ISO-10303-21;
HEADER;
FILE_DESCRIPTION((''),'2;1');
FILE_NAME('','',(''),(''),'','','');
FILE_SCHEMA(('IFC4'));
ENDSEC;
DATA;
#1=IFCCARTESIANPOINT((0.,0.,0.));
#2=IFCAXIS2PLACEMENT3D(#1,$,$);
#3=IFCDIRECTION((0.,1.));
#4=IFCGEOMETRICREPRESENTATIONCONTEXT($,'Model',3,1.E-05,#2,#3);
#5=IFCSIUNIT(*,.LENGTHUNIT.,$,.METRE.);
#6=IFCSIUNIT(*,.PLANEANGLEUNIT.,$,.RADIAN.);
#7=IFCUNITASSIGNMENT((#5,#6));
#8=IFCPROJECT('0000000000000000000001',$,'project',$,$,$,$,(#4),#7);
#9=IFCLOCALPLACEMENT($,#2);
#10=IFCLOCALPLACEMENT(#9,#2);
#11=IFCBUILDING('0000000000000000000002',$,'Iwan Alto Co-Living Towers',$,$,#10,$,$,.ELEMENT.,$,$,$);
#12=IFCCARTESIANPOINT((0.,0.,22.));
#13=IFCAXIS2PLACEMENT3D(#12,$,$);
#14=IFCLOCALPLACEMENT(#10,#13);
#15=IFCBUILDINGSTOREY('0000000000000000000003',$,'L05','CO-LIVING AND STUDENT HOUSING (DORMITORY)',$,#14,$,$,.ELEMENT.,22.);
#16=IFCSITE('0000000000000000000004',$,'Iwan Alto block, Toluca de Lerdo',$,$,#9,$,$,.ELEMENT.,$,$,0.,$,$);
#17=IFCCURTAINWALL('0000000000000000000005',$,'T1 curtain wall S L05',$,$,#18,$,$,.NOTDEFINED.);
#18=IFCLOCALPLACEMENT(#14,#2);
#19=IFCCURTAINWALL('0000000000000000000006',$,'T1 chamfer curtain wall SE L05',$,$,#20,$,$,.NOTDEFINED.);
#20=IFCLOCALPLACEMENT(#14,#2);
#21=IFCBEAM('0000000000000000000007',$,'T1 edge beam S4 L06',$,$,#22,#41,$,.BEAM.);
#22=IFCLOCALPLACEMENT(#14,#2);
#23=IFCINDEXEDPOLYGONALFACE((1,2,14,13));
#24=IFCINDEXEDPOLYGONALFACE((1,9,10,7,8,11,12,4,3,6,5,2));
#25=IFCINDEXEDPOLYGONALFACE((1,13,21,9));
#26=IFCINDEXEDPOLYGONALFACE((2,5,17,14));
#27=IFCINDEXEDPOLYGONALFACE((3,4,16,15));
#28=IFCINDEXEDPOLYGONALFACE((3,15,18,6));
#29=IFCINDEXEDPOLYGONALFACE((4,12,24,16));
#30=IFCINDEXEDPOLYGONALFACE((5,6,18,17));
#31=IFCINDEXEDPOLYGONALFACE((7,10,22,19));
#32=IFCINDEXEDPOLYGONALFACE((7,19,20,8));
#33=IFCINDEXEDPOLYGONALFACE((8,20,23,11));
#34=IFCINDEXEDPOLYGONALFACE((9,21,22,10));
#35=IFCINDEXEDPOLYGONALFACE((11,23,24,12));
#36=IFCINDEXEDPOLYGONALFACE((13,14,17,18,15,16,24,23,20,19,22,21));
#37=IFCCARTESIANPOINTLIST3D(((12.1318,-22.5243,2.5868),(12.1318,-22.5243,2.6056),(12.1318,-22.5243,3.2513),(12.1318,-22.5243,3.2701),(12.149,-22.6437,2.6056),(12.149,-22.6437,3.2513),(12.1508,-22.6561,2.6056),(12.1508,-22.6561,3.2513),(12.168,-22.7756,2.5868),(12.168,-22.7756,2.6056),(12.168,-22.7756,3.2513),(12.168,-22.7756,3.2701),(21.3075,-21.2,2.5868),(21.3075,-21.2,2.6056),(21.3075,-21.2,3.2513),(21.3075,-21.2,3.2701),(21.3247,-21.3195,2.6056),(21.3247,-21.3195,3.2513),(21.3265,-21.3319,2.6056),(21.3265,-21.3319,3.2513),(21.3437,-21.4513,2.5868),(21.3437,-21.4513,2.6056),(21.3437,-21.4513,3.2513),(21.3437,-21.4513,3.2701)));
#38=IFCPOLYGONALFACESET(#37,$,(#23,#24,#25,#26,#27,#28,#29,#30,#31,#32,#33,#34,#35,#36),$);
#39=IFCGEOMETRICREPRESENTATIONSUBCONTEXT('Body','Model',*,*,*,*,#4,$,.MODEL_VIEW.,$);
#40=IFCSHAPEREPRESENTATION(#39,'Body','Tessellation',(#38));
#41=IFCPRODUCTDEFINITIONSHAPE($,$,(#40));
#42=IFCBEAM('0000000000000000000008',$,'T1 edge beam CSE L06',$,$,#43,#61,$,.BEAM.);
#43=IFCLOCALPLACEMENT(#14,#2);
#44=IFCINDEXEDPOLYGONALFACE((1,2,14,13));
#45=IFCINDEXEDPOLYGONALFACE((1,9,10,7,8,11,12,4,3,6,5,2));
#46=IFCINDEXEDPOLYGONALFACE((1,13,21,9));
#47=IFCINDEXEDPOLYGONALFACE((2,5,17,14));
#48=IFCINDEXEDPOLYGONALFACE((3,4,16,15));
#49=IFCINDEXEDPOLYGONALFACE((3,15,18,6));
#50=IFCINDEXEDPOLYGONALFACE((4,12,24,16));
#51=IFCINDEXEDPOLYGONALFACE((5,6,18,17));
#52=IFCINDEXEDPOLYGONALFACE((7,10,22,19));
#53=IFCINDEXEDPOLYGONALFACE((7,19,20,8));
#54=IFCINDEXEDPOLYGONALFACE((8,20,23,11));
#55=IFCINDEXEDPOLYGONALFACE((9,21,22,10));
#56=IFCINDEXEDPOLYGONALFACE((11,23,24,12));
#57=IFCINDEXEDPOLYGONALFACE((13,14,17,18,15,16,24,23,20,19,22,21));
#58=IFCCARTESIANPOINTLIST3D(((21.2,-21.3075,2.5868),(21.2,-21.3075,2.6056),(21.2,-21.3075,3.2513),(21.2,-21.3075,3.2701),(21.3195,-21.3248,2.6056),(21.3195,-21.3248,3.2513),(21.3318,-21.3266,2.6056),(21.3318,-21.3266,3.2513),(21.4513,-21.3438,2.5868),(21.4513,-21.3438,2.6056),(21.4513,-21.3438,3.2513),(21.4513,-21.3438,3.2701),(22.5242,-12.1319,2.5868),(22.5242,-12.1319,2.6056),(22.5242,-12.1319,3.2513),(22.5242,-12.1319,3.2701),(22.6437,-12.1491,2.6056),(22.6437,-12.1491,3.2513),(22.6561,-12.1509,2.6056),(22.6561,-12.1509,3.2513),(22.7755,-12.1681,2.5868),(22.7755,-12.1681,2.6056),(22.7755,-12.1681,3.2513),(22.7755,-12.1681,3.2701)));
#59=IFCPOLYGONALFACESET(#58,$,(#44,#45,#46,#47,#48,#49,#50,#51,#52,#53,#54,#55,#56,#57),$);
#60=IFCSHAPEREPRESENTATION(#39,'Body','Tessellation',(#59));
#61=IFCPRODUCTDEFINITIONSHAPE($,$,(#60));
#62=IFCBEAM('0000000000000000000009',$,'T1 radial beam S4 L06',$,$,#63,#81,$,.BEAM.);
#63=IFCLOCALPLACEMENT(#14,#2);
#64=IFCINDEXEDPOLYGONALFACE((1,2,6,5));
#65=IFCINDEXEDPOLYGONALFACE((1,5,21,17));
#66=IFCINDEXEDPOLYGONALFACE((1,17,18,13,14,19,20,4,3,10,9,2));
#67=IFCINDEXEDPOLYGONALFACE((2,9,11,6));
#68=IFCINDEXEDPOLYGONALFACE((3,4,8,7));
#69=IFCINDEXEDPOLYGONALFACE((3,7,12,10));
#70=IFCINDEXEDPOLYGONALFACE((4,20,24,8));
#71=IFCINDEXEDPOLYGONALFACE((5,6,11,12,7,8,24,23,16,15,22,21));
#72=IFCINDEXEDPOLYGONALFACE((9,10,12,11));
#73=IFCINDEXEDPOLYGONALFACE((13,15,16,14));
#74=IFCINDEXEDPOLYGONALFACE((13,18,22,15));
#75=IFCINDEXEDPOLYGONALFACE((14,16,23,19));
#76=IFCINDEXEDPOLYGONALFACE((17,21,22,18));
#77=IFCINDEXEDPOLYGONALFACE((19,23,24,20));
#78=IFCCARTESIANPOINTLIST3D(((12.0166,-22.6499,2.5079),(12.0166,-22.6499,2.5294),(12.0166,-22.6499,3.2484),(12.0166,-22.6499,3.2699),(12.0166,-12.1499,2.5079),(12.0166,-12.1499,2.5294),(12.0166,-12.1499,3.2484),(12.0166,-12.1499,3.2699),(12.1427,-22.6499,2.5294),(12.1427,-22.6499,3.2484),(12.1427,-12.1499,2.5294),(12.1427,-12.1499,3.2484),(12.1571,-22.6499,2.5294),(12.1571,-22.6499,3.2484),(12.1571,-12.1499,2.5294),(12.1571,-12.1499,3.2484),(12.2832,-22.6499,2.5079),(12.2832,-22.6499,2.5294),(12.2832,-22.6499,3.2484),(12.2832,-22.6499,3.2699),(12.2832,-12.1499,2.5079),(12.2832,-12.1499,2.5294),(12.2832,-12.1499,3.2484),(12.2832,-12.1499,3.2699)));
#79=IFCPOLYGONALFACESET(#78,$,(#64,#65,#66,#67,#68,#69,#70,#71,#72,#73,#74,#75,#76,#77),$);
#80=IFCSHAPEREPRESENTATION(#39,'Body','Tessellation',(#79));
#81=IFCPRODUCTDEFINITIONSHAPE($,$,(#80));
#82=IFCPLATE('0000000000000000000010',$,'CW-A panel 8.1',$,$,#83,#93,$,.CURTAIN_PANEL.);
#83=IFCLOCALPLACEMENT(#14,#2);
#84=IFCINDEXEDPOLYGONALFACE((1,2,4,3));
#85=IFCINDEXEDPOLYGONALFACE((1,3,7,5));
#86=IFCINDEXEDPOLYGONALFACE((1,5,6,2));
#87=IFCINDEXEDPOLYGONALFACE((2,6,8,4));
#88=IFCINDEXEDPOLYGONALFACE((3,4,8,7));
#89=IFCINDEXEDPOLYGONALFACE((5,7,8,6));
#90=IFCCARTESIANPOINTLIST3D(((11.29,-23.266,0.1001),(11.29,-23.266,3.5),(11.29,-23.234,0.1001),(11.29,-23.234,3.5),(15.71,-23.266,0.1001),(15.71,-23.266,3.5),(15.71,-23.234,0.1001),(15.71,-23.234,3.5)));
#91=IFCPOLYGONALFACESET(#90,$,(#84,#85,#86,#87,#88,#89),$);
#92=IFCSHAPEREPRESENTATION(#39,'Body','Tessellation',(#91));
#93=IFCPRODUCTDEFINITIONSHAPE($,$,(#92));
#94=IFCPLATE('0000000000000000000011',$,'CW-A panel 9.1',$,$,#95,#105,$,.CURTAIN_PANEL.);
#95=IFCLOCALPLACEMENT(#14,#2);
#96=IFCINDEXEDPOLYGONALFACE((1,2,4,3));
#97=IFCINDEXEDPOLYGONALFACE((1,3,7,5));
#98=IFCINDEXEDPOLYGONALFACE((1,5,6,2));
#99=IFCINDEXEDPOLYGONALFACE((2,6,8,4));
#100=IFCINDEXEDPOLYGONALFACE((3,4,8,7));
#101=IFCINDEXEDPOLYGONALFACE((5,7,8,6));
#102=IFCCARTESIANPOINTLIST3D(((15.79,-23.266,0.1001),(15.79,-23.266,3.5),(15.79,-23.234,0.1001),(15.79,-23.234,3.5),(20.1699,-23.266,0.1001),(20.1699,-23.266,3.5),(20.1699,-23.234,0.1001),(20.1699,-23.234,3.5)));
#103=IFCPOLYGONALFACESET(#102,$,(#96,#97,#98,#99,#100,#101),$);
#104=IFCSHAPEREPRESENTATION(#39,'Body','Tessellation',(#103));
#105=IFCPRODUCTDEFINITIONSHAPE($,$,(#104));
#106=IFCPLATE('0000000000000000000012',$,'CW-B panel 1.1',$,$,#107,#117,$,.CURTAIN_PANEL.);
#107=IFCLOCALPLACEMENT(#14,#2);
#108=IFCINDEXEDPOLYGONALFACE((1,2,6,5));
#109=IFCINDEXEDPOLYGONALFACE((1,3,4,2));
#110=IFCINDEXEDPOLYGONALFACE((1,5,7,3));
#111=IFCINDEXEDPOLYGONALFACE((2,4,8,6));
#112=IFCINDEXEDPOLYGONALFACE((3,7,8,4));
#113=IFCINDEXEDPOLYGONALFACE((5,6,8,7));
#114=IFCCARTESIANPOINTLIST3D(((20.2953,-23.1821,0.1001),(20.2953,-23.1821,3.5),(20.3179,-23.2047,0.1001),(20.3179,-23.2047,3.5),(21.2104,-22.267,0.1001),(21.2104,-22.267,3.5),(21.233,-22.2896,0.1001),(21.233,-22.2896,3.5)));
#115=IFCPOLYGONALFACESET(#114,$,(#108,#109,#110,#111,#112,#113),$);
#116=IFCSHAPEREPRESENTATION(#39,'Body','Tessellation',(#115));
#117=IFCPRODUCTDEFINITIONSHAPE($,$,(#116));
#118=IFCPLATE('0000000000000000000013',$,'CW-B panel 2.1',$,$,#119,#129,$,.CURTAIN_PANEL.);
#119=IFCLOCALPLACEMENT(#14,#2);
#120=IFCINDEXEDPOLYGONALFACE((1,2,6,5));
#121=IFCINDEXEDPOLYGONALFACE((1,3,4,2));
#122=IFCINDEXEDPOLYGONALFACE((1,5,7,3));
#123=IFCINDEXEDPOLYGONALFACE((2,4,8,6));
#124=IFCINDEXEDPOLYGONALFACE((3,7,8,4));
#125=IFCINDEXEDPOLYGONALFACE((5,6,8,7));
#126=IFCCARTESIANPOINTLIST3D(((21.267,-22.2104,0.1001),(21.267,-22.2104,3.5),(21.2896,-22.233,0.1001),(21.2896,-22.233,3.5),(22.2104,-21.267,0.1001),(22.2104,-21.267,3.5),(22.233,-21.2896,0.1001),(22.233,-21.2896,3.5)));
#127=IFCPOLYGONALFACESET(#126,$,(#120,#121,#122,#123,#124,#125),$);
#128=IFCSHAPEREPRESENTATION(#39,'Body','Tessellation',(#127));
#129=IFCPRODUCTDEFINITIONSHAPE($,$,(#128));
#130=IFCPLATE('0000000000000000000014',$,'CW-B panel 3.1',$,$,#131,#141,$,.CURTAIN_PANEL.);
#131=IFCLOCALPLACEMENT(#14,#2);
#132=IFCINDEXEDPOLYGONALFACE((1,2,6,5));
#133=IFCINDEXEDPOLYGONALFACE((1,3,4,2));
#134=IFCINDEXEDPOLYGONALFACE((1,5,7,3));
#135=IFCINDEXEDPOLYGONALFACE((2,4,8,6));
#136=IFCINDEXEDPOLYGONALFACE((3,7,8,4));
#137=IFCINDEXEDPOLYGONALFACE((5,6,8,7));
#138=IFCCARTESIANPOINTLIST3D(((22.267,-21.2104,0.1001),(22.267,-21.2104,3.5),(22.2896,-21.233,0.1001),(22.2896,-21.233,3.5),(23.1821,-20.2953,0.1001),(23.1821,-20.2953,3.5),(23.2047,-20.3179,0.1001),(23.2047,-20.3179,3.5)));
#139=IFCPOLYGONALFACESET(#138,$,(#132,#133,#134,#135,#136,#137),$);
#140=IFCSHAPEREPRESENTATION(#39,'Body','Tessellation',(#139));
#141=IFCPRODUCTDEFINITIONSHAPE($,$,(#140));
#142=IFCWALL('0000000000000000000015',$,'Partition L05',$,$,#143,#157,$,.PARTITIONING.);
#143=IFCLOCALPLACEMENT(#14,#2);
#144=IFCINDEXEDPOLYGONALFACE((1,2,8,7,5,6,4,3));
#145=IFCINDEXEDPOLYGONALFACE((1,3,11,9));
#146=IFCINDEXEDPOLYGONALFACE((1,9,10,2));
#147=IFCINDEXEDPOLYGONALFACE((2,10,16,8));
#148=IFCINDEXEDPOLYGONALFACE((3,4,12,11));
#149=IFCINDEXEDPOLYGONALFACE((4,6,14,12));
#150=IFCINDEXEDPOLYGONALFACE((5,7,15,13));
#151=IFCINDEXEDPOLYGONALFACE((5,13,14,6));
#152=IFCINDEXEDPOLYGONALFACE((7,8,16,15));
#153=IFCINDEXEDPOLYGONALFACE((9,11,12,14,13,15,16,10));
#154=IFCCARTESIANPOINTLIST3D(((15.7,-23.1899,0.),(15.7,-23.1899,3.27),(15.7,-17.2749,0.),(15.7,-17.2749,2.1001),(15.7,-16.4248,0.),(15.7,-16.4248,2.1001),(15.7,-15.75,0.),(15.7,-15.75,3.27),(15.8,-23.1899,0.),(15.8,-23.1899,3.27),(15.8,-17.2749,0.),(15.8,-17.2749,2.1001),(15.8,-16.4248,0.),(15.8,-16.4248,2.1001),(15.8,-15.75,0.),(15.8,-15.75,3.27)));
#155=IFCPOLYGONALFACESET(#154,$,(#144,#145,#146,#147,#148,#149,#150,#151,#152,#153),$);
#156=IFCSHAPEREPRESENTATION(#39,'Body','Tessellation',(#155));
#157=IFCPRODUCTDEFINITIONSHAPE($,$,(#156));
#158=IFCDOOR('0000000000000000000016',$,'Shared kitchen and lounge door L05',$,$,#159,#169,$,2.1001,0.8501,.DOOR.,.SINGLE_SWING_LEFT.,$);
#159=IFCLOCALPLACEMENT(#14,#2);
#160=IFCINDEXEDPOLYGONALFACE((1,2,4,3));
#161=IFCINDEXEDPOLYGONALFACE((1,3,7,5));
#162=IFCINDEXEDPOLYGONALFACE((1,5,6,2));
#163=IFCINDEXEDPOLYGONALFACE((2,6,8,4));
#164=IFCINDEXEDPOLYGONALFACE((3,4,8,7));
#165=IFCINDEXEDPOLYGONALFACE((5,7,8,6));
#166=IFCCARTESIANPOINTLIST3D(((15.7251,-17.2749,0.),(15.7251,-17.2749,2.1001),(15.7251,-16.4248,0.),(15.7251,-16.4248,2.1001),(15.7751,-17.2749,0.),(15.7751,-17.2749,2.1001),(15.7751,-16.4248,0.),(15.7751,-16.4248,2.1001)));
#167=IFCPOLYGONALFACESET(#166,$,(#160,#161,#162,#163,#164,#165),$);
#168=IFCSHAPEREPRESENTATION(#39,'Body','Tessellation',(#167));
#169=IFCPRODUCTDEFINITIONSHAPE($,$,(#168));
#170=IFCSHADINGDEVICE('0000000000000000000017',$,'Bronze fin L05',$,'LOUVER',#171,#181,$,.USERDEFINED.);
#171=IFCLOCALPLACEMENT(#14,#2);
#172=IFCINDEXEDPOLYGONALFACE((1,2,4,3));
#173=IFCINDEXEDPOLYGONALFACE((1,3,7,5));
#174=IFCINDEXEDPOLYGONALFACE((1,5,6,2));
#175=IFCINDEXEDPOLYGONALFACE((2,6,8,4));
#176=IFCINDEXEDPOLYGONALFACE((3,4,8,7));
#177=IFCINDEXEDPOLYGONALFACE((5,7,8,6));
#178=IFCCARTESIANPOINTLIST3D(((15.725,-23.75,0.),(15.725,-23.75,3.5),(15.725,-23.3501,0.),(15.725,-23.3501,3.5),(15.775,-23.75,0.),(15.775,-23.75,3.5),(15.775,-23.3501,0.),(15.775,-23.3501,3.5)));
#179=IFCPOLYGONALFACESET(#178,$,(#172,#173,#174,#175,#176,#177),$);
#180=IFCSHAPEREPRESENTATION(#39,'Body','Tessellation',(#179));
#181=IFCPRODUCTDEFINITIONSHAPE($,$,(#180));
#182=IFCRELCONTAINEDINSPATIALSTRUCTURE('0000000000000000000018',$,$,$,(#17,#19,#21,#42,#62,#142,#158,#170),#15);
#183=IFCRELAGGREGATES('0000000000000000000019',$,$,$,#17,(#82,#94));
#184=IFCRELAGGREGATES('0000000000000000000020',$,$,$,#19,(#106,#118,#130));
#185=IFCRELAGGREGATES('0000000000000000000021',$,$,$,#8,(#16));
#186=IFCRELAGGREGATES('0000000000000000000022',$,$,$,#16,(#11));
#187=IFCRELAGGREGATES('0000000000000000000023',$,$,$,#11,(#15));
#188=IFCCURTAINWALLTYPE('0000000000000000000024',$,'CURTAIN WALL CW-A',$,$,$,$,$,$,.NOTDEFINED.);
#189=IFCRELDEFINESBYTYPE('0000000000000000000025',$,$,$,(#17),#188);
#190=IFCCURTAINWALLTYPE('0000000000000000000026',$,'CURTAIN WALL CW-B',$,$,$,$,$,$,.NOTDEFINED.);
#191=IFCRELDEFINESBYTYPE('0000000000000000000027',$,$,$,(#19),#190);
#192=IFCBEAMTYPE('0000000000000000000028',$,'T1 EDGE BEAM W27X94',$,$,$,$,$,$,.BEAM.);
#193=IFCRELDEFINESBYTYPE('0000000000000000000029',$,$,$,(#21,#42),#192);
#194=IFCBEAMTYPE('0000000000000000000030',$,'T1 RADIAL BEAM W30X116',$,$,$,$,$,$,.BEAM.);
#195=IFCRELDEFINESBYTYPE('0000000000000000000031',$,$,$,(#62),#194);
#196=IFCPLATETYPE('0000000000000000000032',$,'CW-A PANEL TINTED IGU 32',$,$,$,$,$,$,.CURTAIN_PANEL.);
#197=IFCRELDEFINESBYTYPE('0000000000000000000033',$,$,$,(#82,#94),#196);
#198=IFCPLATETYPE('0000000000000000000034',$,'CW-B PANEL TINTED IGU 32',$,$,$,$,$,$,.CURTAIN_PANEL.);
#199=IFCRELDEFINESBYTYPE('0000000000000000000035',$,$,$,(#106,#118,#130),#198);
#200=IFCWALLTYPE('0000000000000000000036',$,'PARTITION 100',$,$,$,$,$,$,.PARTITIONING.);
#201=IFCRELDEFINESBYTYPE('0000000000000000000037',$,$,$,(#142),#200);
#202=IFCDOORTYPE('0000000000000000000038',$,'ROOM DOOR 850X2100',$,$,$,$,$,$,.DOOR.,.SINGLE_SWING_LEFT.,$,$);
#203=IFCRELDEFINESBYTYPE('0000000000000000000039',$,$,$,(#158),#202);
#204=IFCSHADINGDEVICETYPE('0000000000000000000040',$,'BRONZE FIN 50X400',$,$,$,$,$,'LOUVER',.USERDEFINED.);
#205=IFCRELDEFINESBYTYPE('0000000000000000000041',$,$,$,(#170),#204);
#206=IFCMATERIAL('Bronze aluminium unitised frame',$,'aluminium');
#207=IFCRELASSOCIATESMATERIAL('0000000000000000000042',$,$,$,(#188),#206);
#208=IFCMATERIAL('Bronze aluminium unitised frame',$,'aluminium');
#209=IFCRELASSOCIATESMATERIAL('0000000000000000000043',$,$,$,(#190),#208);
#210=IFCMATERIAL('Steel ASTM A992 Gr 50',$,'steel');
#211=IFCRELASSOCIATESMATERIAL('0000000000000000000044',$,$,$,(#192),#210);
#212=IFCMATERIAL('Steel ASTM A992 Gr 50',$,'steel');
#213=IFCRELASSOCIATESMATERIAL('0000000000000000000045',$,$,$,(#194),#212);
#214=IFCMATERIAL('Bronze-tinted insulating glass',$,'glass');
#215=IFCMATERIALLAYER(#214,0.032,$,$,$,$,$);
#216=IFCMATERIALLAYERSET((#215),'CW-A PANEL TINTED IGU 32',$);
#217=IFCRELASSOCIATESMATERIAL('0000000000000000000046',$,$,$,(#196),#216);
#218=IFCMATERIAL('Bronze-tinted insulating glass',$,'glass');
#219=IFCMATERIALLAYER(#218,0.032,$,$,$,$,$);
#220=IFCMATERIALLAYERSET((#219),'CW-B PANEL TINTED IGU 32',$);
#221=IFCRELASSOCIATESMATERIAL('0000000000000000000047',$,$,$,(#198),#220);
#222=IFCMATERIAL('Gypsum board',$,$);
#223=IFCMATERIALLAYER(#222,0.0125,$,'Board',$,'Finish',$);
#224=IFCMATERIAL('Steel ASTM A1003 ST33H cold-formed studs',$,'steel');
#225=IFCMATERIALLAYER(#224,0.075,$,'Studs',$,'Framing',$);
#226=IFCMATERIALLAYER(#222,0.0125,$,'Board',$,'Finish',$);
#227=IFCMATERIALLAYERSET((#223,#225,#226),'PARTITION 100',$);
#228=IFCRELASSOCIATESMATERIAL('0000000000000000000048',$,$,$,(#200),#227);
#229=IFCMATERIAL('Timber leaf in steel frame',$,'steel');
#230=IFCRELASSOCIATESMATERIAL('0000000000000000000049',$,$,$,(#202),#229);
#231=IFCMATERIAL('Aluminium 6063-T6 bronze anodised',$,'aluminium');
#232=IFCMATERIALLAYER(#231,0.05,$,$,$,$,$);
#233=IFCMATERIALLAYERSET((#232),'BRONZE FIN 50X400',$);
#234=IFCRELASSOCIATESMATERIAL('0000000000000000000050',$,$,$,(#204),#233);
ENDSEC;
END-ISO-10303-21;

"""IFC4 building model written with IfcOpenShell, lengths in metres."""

from ifc_helpers import new_model, si_unit, direction, frame, frame_2d, origin, origin_2d, place, context, subcontext, project, spatial, rectangle, i_section, extrude, material, layer, layer_set, material_profile, profile_set, type_object, element, fill, aggregate, save


model = new_model("IFC4")

# Units and contexts
model_context = context("Model", 3, precision=1e-05, world=origin(), true_north=direction((0.0, 1.0)))
body_context = subcontext(model_context, "Body", "Model", "MODEL_VIEW")
ifc_project = project(units=[si_unit("LENGTHUNIT", "METRE"), si_unit("PLANEANGLEUNIT", "RADIAN")], contexts=[model_context])

# Site, building, storey
site_placement = place(None, origin())
site = spatial("IfcSite", under=ifc_project, at=site_placement, Name="Iwan Alto block, Toluca de Lerdo", CompositionType="ELEMENT", RefElevation=0.0)
building_placement = place(site_placement, origin())
building = spatial("IfcBuilding", under=site, at=building_placement, Name="Iwan Alto Co-Living Towers", CompositionType="ELEMENT")
storey_placement = place(building_placement, frame((0.0, 0.0, 22.0)))
storey = spatial("IfcBuildingStorey", under=building, at=storey_placement, Name="L05", Description="CO-LIVING AND STUDENT HOUSING (DORMITORY)", CompositionType="ELEMENT", Elevation=22.0)

# Curtain walls
ifc_material_1 = material(Name="Bronze aluminium unitised frame", Category="aluminium")
curtain_wall_type_1 = type_object("IfcCurtainWallType", Name="CURTAIN WALL CW-A", PredefinedType="NOTDEFINED", material=ifc_material_1)
curtain_wall_1_placement = place(storey_placement, origin())
curtain_wall_1 = element("IfcCurtainWall", 1, at=curtain_wall_1_placement, inside=storey, type_object=curtain_wall_type_1, Name="T1 curtain wall S L05", PredefinedType="NOTDEFINED")
ifc_material_2 = material(Name="Bronze aluminium unitised frame", Category="aluminium")
curtain_wall_type_2 = type_object("IfcCurtainWallType", Name="CURTAIN WALL CW-B", PredefinedType="NOTDEFINED", material=ifc_material_2)
curtain_wall_2_placement = place(storey_placement, origin())
curtain_wall_2 = element("IfcCurtainWall", 2, at=curtain_wall_2_placement, inside=storey, type_object=curtain_wall_type_2, Name="T1 chamfer curtain wall SE L05", PredefinedType="NOTDEFINED")

# Beams
ifc_material_3 = material(Name="Steel ASTM A992 Gr 50", Category="steel")
ifc_material_profile_1 = material_profile(ifc_material_3, i_section(OverallWidth=0.2539, OverallDepth=0.6833, WebThickness=0.0125, FlangeThickness=0.0188, at=origin_2d()), Name="W27X94")
ifc_profile_set_1 = profile_set([ifc_material_profile_1], Name="Steel ASTM A992 Gr 50")
beam_type_1 = type_object("IfcBeamType", Name="T1 EDGE BEAM W27X94", PredefinedType="BEAM", material=ifc_profile_set_1)
for number, where, z_axis, x_axis, name in (
    (3, (12.1499, -22.6499, 2.9285), (0.989746, 0.142837, 0.0), (-0.142837, 0.989746, 0.0), "T1 edge beam S4 L06"),
    (4, (21.3257, -21.3257, 2.9285), (0.142837, 0.989746, 0.0), (-0.989746, 0.142837, 0.0), "T1 edge beam CSE L06"),
):
    element("IfcBeam", number, at=place(storey_placement, frame(where, z_axis=z_axis, x_axis=x_axis)), inside=storey, type_object=beam_type_1, Name=name, PredefinedType="BEAM", context=body_context, shape_type="SweptSolid", body=[
        extrude(i_section(OverallWidth=0.2539, OverallDepth=0.6833, WebThickness=0.0125, FlangeThickness=0.0188, at=origin_2d()), origin(), (0.0, 0.0, 1.0), 9.2708),
    ])
ifc_material_4 = material(Name="Steel ASTM A992 Gr 50", Category="steel")
ifc_material_profile_2 = material_profile(ifc_material_4, i_section(OverallWidth=0.2666, OverallDepth=0.762, WebThickness=0.0144, FlangeThickness=0.0215, at=origin_2d()), Name="W30X116")
ifc_profile_set_2 = profile_set([ifc_material_profile_2], Name="Steel ASTM A992 Gr 50")
beam_type_2 = type_object("IfcBeamType", Name="T1 RADIAL BEAM W30X116", PredefinedType="BEAM", material=ifc_profile_set_2)
beam_1_placement = place(storey_placement, frame((12.1499, -22.6499, 2.8889), z_axis=(0.0, 1.0, 0.0), x_axis=(-1.0, 0.0, 0.0)))
element("IfcBeam", 5, at=beam_1_placement, inside=storey, type_object=beam_type_2, Name="T1 radial beam S4 L06", PredefinedType="BEAM", context=body_context, shape_type="SweptSolid", body=[
    extrude(i_section(OverallWidth=0.2666, OverallDepth=0.762, WebThickness=0.0144, FlangeThickness=0.0215, at=origin_2d()), origin(), (0.0, 0.0, 1.0), 10.5),
])

# Plates
ifc_material_5 = material(Name="Bronze-tinted insulating glass", Category="glass")
ifc_layer_1 = layer(ifc_material_5, 0.032)
ifc_layer_set_1 = layer_set([ifc_layer_1], Name="CW-A PANEL TINTED IGU 32")
plate_type_1 = type_object("IfcPlateType", Name="CW-A PANEL TINTED IGU 32", PredefinedType="CURTAIN_PANEL", material=ifc_layer_set_1)
plate_1_placement = place(storey_placement, frame((13.5, -23.25, 0.1001), z_axis=(0.0, 0.0, 1.0), x_axis=(1.0, 0.0, 0.0)))
plate_1 = element("IfcPlate", 6, at=plate_1_placement, type_object=plate_type_1, Name="CW-A panel 8.1", PredefinedType="CURTAIN_PANEL", context=body_context, shape_type="SweptSolid", body=[
    extrude(rectangle(XDim=4.4199, YDim=0.032, at=origin_2d()), origin(), (0.0, 0.0, 1.0), 3.3999),
])
plate_2_placement = place(storey_placement, frame((17.98, -23.25, 0.1001), z_axis=(0.0, 0.0, 1.0), x_axis=(1.0, 0.0, 0.0)))
plate_2 = element("IfcPlate", 7, at=plate_2_placement, type_object=plate_type_1, Name="CW-A panel 9.1", PredefinedType="CURTAIN_PANEL", context=body_context, shape_type="SweptSolid", body=[
    extrude(rectangle(XDim=4.3799, YDim=0.032, at=origin_2d()), origin(), (0.0, 0.0, 1.0), 3.3999),
])
aggregate(curtain_wall_1, [plate_1, plate_2])
ifc_material_6 = material(Name="Bronze-tinted insulating glass", Category="glass")
ifc_layer_2 = layer(ifc_material_6, 0.032)
ifc_layer_set_2 = layer_set([ifc_layer_2], Name="CW-B PANEL TINTED IGU 32")
plate_type_2 = type_object("IfcPlateType", Name="CW-B PANEL TINTED IGU 32", PredefinedType="CURTAIN_PANEL", material=ifc_layer_set_2)
plate_3_placement = place(storey_placement, frame((20.7642, -22.7358, 0.1001), z_axis=(0.0, 0.0, 1.0), x_axis=(0.707107, 0.707107, 0.0)))
plate_3 = element("IfcPlate", 8, at=plate_3_placement, type_object=plate_type_2, Name="CW-B panel 1.1", PredefinedType="CURTAIN_PANEL", context=body_context, shape_type="SweptSolid", body=[
    extrude(rectangle(XDim=1.2942, YDim=0.032, at=origin_2d()), origin(), (0.0, 0.0, 1.0), 3.3999),
])
plate_4_placement = place(storey_placement, frame((21.75, -21.75, 0.1001), z_axis=(0.0, 0.0, 1.0), x_axis=(0.707107, 0.707107, 0.0)))
plate_4 = element("IfcPlate", 9, at=plate_4_placement, type_object=plate_type_2, Name="CW-B panel 2.1", PredefinedType="CURTAIN_PANEL", context=body_context, shape_type="SweptSolid", body=[
    extrude(rectangle(XDim=1.3342, YDim=0.032, at=origin_2d()), origin(), (0.0, 0.0, 1.0), 3.3999),
])
plate_5_placement = place(storey_placement, frame((22.7358, -20.7642, 0.1001), z_axis=(0.0, 0.0, 1.0), x_axis=(0.707107, 0.707107, 0.0)))
plate_5 = element("IfcPlate", 10, at=plate_5_placement, type_object=plate_type_2, Name="CW-B panel 3.1", PredefinedType="CURTAIN_PANEL", context=body_context, shape_type="SweptSolid", body=[
    extrude(rectangle(XDim=1.2942, YDim=0.032, at=origin_2d()), origin(), (0.0, 0.0, 1.0), 3.3999),
])
aggregate(curtain_wall_2, [plate_3, plate_4, plate_5])

# Wall, opening, door
ifc_material_7 = material(Name="Gypsum board")
ifc_layer_3 = layer(ifc_material_7, 0.0125, Name="Board", Category="Finish")
ifc_material_8 = material(Name="Steel ASTM A1003 ST33H cold-formed studs", Category="steel")
ifc_layer_4 = layer(ifc_material_8, 0.075, Name="Studs", Category="Framing")
ifc_layer_5 = layer(ifc_material_7, 0.0125, Name="Board", Category="Finish")
ifc_layer_set_3 = layer_set([ifc_layer_3, ifc_layer_4, ifc_layer_5], Name="PARTITION 100")
wall_type = type_object("IfcWallType", Name="PARTITION 100", PredefinedType="PARTITIONING", material=ifc_layer_set_3)
wall_placement = place(storey_placement, frame((15.75, -23.1899, 0.0), z_axis=(0.0, 0.0, 1.0), x_axis=(0.0, 1.0, 0.0)))
wall = element("IfcWall", 11, at=wall_placement, inside=storey, type_object=wall_type, Name="Partition L05", PredefinedType="PARTITIONING", context=body_context, shape_type="SweptSolid", body=[
    extrude(rectangle(XDim=7.4399, YDim=0.1001, at=frame_2d((3.72, 0.0))), origin(), (0.0, 0.0, 1.0), 3.27),
])
opening_placement = place(wall_placement, frame((5.915, 0.0, 0.0)))
opening = element("IfcOpeningElement", 12, at=opening_placement, cuts=wall, PredefinedType="OPENING", context=body_context, shape_type="SweptSolid", body=[
    extrude(rectangle(XDim=0.8501, YDim=2.1001, at=frame_2d((0.425, 1.05))), frame((0.0, 0.0601, 0.0), z_axis=(0.0, -1.0, 0.0), x_axis=(1.0, 0.0, 0.0)), (0.0, 0.0, 1.0), 0.1201),
])
ifc_material_9 = material(Name="Timber leaf in steel frame", Category="steel")
door_type = type_object("IfcDoorType", Name="ROOM DOOR 850X2100", OperationType="SINGLE_SWING_LEFT", PredefinedType="DOOR", material=ifc_material_9)
door_placement = place(opening_placement, origin())
door = element("IfcDoor", 13, at=door_placement, inside=storey, type_object=door_type, Name="Shared kitchen and lounge door L05", OperationType="SINGLE_SWING_LEFT", OverallHeight=2.1001, OverallWidth=0.8501, PredefinedType="DOOR", context=body_context, shape_type="SweptSolid", body=[
    extrude(rectangle(XDim=0.8501, YDim=2.1001, at=frame_2d((0.425, 1.05))), frame((0.0, 0.0249, 0.0), z_axis=(0.0, -1.0, 0.0), x_axis=(1.0, 0.0, 0.0)), (0.0, 0.0, 1.0), 0.05),
])
fill(opening, door)

# Shading device
ifc_material_10 = material(Name="Aluminium 6063-T6 bronze anodised", Category="aluminium")
ifc_layer_6 = layer(ifc_material_10, 0.05)
ifc_layer_set_4 = layer_set([ifc_layer_6], Name="BRONZE FIN 50X400")
shading_device_type = type_object("IfcShadingDeviceType", Name="BRONZE FIN 50X400", ElementType="LOUVER", PredefinedType="USERDEFINED", material=ifc_layer_set_4)
shading_device_placement = place(storey_placement, frame((15.75, -23.55, 0.0), z_axis=(0.0, 0.0, 1.0), x_axis=(1.0, 0.0, 0.0)))
element("IfcShadingDevice", 14, at=shading_device_placement, inside=storey, type_object=shading_device_type, Name="Bronze fin L05", ObjectType="LOUVER", PredefinedType="USERDEFINED", context=body_context, shape_type="SweptSolid", body=[
    extrude(rectangle(XDim=0.05, YDim=0.3999, at=origin_2d()), origin(), (0.0, 0.0, 1.0), 3.5),
])

save(model, "model.ifc")
